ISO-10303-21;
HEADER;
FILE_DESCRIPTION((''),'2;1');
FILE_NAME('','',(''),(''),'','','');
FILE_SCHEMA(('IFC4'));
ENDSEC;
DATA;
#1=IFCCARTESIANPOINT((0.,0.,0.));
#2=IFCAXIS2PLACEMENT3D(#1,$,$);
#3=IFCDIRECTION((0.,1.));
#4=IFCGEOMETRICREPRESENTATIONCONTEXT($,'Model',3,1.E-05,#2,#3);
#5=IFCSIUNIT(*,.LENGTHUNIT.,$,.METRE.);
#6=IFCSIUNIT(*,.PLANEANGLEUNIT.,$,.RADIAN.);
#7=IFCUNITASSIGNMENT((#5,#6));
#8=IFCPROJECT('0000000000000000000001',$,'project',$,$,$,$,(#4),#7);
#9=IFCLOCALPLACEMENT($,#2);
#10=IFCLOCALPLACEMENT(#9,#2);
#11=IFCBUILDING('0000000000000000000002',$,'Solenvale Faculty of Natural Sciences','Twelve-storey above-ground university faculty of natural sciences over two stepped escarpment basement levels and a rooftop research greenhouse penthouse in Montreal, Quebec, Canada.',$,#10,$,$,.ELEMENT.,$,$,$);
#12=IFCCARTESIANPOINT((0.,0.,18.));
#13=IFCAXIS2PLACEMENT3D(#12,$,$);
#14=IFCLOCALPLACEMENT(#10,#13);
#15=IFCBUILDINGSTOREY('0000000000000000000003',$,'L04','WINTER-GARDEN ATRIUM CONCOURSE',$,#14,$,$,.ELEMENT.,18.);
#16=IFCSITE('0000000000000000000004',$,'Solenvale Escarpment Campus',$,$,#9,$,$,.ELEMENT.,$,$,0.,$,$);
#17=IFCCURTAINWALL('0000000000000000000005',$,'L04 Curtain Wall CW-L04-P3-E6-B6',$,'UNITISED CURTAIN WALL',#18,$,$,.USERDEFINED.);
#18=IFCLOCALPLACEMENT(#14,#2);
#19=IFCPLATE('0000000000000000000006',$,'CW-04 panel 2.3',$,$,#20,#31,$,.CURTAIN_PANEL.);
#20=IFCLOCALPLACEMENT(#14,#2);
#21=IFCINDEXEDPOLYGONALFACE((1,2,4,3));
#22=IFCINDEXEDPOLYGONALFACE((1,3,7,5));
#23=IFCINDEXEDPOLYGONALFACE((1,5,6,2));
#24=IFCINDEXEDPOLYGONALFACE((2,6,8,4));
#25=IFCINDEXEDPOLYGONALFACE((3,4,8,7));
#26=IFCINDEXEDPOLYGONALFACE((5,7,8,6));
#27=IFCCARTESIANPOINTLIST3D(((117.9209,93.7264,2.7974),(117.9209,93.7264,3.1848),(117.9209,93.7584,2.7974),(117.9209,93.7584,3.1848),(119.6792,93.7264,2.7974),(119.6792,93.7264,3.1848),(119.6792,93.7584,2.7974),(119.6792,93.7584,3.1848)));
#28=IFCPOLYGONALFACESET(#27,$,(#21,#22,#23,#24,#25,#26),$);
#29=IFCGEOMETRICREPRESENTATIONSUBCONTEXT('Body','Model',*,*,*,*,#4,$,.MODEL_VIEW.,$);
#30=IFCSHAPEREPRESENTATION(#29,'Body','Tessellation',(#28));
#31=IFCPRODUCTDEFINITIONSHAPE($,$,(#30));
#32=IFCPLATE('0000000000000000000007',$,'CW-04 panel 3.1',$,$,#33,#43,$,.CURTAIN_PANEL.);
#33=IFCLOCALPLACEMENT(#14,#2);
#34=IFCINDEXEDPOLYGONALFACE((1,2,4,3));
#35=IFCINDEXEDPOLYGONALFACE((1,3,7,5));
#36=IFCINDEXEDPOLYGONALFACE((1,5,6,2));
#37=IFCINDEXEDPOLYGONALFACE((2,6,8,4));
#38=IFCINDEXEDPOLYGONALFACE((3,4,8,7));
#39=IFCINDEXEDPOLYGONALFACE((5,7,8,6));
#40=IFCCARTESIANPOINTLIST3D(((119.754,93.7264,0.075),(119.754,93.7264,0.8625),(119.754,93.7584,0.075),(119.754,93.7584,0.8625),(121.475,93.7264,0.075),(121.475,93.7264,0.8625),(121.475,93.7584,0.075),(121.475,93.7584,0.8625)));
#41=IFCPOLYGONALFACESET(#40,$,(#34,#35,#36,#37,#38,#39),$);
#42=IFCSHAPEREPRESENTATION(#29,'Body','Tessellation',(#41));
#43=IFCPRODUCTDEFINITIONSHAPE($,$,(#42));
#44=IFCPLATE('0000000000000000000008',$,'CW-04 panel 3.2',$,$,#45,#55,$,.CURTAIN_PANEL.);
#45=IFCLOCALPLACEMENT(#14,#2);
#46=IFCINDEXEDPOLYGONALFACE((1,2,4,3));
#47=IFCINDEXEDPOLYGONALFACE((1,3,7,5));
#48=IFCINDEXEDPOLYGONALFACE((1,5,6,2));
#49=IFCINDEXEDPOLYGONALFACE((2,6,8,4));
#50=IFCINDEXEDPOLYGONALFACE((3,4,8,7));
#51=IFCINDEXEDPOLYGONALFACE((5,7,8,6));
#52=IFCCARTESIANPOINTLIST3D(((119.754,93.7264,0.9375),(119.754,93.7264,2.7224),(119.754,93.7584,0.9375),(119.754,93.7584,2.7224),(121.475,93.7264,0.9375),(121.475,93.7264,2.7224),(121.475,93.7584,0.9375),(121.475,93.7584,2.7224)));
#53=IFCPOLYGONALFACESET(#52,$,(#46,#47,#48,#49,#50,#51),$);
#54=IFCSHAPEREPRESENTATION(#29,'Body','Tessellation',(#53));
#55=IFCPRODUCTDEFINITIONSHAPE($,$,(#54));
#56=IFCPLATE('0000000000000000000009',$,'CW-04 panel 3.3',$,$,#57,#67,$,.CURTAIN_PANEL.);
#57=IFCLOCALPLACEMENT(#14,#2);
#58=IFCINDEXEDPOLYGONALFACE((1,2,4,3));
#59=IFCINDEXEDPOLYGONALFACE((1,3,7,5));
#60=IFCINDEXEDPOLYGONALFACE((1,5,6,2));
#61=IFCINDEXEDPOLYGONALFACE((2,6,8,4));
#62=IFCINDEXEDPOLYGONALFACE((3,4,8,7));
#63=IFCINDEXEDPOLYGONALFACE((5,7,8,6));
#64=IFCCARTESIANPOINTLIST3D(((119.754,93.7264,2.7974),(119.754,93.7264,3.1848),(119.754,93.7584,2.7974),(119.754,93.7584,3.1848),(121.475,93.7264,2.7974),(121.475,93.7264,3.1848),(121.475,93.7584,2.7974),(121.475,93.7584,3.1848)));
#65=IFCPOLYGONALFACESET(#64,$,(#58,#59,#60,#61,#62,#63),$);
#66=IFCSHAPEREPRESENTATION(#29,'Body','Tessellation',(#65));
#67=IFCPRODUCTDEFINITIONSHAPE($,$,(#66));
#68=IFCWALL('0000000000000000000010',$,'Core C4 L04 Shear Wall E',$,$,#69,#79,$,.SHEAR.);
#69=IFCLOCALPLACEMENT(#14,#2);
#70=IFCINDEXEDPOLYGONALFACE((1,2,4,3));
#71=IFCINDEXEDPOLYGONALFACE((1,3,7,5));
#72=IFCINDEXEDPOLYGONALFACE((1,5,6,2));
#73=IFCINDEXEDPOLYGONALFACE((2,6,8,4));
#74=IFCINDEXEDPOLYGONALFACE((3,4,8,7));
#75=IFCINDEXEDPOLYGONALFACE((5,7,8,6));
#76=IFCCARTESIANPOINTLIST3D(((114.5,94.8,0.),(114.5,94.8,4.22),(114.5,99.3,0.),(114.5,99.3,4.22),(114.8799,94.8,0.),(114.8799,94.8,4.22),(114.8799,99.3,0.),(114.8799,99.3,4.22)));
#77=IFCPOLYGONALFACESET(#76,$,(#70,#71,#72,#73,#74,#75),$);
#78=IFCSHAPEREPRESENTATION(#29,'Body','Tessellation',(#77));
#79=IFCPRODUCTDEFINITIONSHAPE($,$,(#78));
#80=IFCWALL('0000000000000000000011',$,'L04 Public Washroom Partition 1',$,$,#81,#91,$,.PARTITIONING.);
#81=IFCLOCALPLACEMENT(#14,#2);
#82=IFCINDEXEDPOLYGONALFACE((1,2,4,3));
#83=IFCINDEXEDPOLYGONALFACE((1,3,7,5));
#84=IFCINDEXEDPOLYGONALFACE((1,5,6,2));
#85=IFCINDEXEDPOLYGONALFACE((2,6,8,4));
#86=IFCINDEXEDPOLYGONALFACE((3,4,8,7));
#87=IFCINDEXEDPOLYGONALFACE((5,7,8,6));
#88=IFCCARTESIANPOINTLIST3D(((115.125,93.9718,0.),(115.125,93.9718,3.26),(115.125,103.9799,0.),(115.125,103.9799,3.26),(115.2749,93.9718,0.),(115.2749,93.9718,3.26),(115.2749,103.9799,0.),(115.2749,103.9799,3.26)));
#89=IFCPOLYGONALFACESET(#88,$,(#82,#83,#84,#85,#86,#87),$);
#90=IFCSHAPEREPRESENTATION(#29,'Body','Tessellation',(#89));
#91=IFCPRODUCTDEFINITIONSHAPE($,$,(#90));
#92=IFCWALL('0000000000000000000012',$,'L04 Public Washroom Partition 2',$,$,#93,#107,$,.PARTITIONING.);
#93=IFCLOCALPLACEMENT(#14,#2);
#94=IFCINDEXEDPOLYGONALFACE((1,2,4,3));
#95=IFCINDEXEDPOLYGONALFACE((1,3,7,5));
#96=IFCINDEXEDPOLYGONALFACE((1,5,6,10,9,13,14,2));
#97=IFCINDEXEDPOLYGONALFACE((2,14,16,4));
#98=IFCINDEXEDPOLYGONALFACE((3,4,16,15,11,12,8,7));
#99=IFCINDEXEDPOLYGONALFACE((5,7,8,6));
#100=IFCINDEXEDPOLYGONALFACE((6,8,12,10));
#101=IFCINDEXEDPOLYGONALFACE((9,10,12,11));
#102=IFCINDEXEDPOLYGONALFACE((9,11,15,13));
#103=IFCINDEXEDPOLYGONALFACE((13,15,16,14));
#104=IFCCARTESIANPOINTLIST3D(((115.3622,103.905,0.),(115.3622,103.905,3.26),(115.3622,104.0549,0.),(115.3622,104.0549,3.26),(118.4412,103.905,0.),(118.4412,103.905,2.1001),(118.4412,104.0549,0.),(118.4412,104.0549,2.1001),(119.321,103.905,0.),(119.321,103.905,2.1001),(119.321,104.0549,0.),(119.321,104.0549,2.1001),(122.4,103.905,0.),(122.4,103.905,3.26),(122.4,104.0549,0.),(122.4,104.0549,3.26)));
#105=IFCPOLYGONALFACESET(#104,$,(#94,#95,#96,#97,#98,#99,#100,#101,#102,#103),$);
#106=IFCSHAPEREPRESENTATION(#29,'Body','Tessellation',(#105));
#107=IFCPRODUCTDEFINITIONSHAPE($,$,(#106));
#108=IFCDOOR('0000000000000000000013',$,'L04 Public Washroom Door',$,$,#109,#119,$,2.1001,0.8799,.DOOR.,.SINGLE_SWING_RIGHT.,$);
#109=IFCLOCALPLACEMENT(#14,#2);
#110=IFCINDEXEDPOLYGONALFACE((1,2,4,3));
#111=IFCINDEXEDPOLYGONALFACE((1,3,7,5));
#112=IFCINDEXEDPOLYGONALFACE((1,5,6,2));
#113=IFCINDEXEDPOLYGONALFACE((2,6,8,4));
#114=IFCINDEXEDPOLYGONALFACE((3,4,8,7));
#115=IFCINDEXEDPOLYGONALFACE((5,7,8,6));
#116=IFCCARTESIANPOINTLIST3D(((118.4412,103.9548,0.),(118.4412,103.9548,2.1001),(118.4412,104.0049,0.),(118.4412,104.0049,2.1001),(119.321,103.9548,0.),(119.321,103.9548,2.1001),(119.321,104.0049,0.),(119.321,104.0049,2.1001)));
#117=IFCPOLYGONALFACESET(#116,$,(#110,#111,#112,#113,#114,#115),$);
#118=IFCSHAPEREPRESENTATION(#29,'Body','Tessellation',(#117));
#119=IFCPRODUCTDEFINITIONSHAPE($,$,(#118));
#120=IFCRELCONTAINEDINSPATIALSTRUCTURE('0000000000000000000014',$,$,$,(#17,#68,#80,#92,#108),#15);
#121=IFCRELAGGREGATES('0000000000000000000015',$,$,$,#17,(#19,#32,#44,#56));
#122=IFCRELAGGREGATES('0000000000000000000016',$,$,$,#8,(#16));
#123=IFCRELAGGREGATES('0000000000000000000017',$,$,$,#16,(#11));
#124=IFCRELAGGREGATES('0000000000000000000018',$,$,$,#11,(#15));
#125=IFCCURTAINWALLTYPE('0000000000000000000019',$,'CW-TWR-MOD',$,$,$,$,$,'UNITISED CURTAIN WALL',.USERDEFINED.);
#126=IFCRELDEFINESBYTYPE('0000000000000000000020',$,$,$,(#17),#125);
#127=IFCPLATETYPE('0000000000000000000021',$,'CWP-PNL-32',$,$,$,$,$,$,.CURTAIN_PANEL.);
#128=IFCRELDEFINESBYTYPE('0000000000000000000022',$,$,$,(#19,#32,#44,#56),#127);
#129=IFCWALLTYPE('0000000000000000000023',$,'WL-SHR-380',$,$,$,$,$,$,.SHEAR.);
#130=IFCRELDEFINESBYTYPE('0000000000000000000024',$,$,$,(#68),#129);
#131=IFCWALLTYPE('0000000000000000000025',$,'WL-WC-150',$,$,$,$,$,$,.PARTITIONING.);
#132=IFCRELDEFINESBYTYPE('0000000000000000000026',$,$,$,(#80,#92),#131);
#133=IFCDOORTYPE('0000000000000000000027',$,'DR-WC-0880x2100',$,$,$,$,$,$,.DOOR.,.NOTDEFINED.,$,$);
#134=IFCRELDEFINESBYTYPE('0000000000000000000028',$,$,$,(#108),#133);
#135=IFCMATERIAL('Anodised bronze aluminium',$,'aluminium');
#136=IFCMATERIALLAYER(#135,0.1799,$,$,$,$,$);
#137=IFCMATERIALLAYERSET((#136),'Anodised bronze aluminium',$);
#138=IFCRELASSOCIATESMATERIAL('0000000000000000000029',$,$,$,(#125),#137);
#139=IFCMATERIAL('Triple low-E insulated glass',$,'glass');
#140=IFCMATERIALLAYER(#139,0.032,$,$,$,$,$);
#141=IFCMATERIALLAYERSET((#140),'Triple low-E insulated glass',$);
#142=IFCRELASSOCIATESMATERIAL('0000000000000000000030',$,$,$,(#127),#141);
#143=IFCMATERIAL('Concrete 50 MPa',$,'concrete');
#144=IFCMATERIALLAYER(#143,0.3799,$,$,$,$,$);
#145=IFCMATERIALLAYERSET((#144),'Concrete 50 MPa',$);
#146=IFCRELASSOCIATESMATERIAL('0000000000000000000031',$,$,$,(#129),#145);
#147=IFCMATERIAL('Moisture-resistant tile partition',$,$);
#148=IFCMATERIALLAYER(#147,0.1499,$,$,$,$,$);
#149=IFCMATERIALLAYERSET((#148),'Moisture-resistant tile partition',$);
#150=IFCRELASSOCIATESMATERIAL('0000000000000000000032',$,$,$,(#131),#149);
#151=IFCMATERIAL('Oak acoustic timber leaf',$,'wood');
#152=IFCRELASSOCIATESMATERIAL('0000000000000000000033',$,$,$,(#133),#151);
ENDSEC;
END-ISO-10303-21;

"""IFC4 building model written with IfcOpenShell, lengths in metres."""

from ifc_helpers import new_model, si_unit, direction, frame, frame_2d, origin, origin_2d, place, context, subcontext, project, spatial, rectangle, extrude, material, layer, layer_set, type_object, element, fill, aggregate, save


model = new_model("IFC4")

# Units and contexts
model_context = context("Model", 3, precision=1e-05, world=origin(), true_north=direction((0.0, 1.0)))
body_context = subcontext(model_context, "Body", "Model", "MODEL_VIEW")
ifc_project = project(units=[si_unit("LENGTHUNIT", "METRE"), si_unit("PLANEANGLEUNIT", "RADIAN")], contexts=[model_context])

# Site, building, storey
site_placement = place(None, origin())
site = spatial("IfcSite", under=ifc_project, at=site_placement, Name="Solenvale Escarpment Campus", CompositionType="ELEMENT", RefElevation=0.0)
building_placement = place(site_placement, origin())
building = spatial("IfcBuilding", under=site, at=building_placement, Name="Solenvale Faculty of Natural Sciences", Description="Twelve-storey above-ground university faculty of natural sciences over two stepped escarpment basement levels and a rooftop research greenhouse penthouse in Montreal, Quebec, Canada.", CompositionType="ELEMENT")
storey_placement = place(building_placement, frame((0.0, 0.0, 18.0)))
storey = spatial("IfcBuildingStorey", under=building, at=storey_placement, Name="L04", Description="WINTER-GARDEN ATRIUM CONCOURSE", CompositionType="ELEMENT", Elevation=18.0)

# Curtain wall, plates
ifc_material_1 = material(Name="Anodised bronze aluminium", Category="aluminium")
ifc_layer_1 = layer(ifc_material_1, 0.1799)
ifc_layer_set_1 = layer_set([ifc_layer_1], Name="Anodised bronze aluminium")
curtain_wall_type = type_object("IfcCurtainWallType", Name="CW-TWR-MOD", ElementType="UNITISED CURTAIN WALL", PredefinedType="USERDEFINED", material=ifc_layer_set_1)
curtain_wall_placement = place(storey_placement, origin())
curtain_wall = element("IfcCurtainWall", 1, at=curtain_wall_placement, inside=storey, type_object=curtain_wall_type, Name="L04 Curtain Wall CW-L04-P3-E6-B6", ObjectType="UNITISED CURTAIN WALL", PredefinedType="USERDEFINED")
ifc_material_2 = material(Name="Triple low-E insulated glass", Category="glass")
ifc_layer_2 = layer(ifc_material_2, 0.032)
ifc_layer_set_2 = layer_set([ifc_layer_2], Name="Triple low-E insulated glass")
plate_type = type_object("IfcPlateType", Name="CWP-PNL-32", PredefinedType="CURTAIN_PANEL", material=ifc_layer_set_2)
plate_1_placement = place(storey_placement, frame((118.8, 93.7424, 2.7974), z_axis=(0.0, 0.0, 1.0), x_axis=(1.0, 0.0, 0.0)))
plate_1 = element("IfcPlate", 2, at=plate_1_placement, type_object=plate_type, Name="CW-04 panel 2.3", PredefinedType="CURTAIN_PANEL", context=body_context, shape_type="SweptSolid", body=[
    extrude(rectangle(XDim=1.7583, YDim=0.032, at=origin_2d()), origin(), (0.0, 0.0, 1.0), 0.3875),
])
plate_2_placement = place(storey_placement, frame((120.6145, 93.7424, 0.075), z_axis=(0.0, 0.0, 1.0), x_axis=(1.0, 0.0, 0.0)))
plate_2 = element("IfcPlate", 3, at=plate_2_placement, type_object=plate_type, Name="CW-04 panel 3.1", PredefinedType="CURTAIN_PANEL", context=body_context, shape_type="SweptSolid", body=[
    extrude(rectangle(XDim=1.7209, YDim=0.032, at=origin_2d()), origin(), (0.0, 0.0, 1.0), 0.7876),
])
plate_3_placement = place(storey_placement, frame((120.6145, 93.7424, 0.9375), z_axis=(0.0, 0.0, 1.0), x_axis=(1.0, 0.0, 0.0)))
plate_3 = element("IfcPlate", 4, at=plate_3_placement, type_object=plate_type, Name="CW-04 panel 3.2", PredefinedType="CURTAIN_PANEL", context=body_context, shape_type="SweptSolid", body=[
    extrude(rectangle(XDim=1.7209, YDim=0.032, at=origin_2d()), origin(), (0.0, 0.0, 1.0), 1.7849),
])
plate_4_placement = place(storey_placement, frame((120.6145, 93.7424, 2.7974), z_axis=(0.0, 0.0, 1.0), x_axis=(1.0, 0.0, 0.0)))
plate_4 = element("IfcPlate", 5, at=plate_4_placement, type_object=plate_type, Name="CW-04 panel 3.3", PredefinedType="CURTAIN_PANEL", context=body_context, shape_type="SweptSolid", body=[
    extrude(rectangle(XDim=1.7209, YDim=0.032, at=origin_2d()), origin(), (0.0, 0.0, 1.0), 0.3875),
])
aggregate(curtain_wall, [plate_1, plate_2, plate_3, plate_4])

# Walls
ifc_material_3 = material(Name="Concrete 50 MPa", Category="concrete")
ifc_layer_3 = layer(ifc_material_3, 0.3799)
ifc_layer_set_3 = layer_set([ifc_layer_3], Name="Concrete 50 MPa")
wall_type_1 = type_object("IfcWallType", Name="WL-SHR-380", PredefinedType="SHEAR", material=ifc_layer_set_3)
wall_1_placement = place(storey_placement, frame((114.6899, 94.8, 0.0), z_axis=(0.0, 0.0, 1.0), x_axis=(0.0, 1.0, 0.0)))
element("IfcWall", 6, at=wall_1_placement, inside=storey, type_object=wall_type_1, Name="Core C4 L04 Shear Wall E", PredefinedType="SHEAR", context=body_context, shape_type="SweptSolid", body=[
    extrude(rectangle(XDim=4.5, YDim=0.3799, at=frame_2d((2.25, 0.0))), origin(), (0.0, 0.0, 1.0), 4.22),
])
ifc_material_4 = material(Name="Moisture-resistant tile partition")
ifc_layer_4 = layer(ifc_material_4, 0.1499)
ifc_layer_set_4 = layer_set([ifc_layer_4], Name="Moisture-resistant tile partition")
wall_type_2 = type_object("IfcWallType", Name="WL-WC-150", PredefinedType="PARTITIONING", material=ifc_layer_set_4)
wall_2_placement = place(storey_placement, frame((115.2, 93.9719, 0.0), z_axis=(0.0, 0.0, 1.0), x_axis=(0.0, 1.0, 0.0)))
element("IfcWall", 7, at=wall_2_placement, inside=storey, type_object=wall_type_2, Name="L04 Public Washroom Partition 1", PredefinedType="PARTITIONING", context=body_context, shape_type="SweptSolid", body=[
    extrude(rectangle(XDim=10.0081, YDim=0.1499, at=frame_2d((5.0039, 0.0))), origin(), (0.0, 0.0, 1.0), 3.26),
])

# Wall, opening, door
wall_3_placement = place(storey_placement, frame((115.3621, 103.98, 0.0), z_axis=(0.0, 0.0, 1.0), x_axis=(1.0, 0.0, 0.0)))
wall_3 = element("IfcWall", 8, at=wall_3_placement, inside=storey, type_object=wall_type_2, Name="L04 Public Washroom Partition 2", PredefinedType="PARTITIONING", context=body_context, shape_type="SweptSolid", body=[
    extrude(rectangle(XDim=7.0378, YDim=0.1499, at=frame_2d((3.519, 0.0))), origin(), (0.0, 0.0, 1.0), 3.26),
])
opening_placement = place(wall_3_placement, frame((3.0791, 0.0, 0.0)))
opening = element("IfcOpeningElement", 9, at=opening_placement, cuts=wall_3, PredefinedType="OPENING", context=body_context, shape_type="SweptSolid", body=[
    extrude(rectangle(XDim=0.8799, YDim=2.1001, at=frame_2d((0.4399, 1.05))), frame((0.0, 0.085, 0.0), z_axis=(0.0, -1.0, 0.0), x_axis=(1.0, 0.0, 0.0)), (0.0, 0.0, 1.0), 0.1699),
])
ifc_material_5 = material(Name="Oak acoustic timber leaf", Category="wood")
door_type = type_object("IfcDoorType", Name="DR-WC-0880x2100", OperationType="NOTDEFINED", PredefinedType="DOOR", material=ifc_material_5)
door_placement = place(opening_placement, origin())
door = element("IfcDoor", 10, at=door_placement, inside=storey, type_object=door_type, Name="L04 Public Washroom Door", OperationType="SINGLE_SWING_RIGHT", OverallHeight=2.1001, OverallWidth=0.8799, PredefinedType="DOOR", context=body_context, shape_type="SweptSolid", body=[
    extrude(rectangle(XDim=0.8799, YDim=2.1001, at=frame_2d((0.4399, 1.05))), frame((0.0, 0.0249, 0.0), z_axis=(0.0, -1.0, 0.0), x_axis=(1.0, 0.0, 0.0)), (0.0, 0.0, 1.0), 0.05),
])
fill(opening, door)

save(model, "model.ifc")
